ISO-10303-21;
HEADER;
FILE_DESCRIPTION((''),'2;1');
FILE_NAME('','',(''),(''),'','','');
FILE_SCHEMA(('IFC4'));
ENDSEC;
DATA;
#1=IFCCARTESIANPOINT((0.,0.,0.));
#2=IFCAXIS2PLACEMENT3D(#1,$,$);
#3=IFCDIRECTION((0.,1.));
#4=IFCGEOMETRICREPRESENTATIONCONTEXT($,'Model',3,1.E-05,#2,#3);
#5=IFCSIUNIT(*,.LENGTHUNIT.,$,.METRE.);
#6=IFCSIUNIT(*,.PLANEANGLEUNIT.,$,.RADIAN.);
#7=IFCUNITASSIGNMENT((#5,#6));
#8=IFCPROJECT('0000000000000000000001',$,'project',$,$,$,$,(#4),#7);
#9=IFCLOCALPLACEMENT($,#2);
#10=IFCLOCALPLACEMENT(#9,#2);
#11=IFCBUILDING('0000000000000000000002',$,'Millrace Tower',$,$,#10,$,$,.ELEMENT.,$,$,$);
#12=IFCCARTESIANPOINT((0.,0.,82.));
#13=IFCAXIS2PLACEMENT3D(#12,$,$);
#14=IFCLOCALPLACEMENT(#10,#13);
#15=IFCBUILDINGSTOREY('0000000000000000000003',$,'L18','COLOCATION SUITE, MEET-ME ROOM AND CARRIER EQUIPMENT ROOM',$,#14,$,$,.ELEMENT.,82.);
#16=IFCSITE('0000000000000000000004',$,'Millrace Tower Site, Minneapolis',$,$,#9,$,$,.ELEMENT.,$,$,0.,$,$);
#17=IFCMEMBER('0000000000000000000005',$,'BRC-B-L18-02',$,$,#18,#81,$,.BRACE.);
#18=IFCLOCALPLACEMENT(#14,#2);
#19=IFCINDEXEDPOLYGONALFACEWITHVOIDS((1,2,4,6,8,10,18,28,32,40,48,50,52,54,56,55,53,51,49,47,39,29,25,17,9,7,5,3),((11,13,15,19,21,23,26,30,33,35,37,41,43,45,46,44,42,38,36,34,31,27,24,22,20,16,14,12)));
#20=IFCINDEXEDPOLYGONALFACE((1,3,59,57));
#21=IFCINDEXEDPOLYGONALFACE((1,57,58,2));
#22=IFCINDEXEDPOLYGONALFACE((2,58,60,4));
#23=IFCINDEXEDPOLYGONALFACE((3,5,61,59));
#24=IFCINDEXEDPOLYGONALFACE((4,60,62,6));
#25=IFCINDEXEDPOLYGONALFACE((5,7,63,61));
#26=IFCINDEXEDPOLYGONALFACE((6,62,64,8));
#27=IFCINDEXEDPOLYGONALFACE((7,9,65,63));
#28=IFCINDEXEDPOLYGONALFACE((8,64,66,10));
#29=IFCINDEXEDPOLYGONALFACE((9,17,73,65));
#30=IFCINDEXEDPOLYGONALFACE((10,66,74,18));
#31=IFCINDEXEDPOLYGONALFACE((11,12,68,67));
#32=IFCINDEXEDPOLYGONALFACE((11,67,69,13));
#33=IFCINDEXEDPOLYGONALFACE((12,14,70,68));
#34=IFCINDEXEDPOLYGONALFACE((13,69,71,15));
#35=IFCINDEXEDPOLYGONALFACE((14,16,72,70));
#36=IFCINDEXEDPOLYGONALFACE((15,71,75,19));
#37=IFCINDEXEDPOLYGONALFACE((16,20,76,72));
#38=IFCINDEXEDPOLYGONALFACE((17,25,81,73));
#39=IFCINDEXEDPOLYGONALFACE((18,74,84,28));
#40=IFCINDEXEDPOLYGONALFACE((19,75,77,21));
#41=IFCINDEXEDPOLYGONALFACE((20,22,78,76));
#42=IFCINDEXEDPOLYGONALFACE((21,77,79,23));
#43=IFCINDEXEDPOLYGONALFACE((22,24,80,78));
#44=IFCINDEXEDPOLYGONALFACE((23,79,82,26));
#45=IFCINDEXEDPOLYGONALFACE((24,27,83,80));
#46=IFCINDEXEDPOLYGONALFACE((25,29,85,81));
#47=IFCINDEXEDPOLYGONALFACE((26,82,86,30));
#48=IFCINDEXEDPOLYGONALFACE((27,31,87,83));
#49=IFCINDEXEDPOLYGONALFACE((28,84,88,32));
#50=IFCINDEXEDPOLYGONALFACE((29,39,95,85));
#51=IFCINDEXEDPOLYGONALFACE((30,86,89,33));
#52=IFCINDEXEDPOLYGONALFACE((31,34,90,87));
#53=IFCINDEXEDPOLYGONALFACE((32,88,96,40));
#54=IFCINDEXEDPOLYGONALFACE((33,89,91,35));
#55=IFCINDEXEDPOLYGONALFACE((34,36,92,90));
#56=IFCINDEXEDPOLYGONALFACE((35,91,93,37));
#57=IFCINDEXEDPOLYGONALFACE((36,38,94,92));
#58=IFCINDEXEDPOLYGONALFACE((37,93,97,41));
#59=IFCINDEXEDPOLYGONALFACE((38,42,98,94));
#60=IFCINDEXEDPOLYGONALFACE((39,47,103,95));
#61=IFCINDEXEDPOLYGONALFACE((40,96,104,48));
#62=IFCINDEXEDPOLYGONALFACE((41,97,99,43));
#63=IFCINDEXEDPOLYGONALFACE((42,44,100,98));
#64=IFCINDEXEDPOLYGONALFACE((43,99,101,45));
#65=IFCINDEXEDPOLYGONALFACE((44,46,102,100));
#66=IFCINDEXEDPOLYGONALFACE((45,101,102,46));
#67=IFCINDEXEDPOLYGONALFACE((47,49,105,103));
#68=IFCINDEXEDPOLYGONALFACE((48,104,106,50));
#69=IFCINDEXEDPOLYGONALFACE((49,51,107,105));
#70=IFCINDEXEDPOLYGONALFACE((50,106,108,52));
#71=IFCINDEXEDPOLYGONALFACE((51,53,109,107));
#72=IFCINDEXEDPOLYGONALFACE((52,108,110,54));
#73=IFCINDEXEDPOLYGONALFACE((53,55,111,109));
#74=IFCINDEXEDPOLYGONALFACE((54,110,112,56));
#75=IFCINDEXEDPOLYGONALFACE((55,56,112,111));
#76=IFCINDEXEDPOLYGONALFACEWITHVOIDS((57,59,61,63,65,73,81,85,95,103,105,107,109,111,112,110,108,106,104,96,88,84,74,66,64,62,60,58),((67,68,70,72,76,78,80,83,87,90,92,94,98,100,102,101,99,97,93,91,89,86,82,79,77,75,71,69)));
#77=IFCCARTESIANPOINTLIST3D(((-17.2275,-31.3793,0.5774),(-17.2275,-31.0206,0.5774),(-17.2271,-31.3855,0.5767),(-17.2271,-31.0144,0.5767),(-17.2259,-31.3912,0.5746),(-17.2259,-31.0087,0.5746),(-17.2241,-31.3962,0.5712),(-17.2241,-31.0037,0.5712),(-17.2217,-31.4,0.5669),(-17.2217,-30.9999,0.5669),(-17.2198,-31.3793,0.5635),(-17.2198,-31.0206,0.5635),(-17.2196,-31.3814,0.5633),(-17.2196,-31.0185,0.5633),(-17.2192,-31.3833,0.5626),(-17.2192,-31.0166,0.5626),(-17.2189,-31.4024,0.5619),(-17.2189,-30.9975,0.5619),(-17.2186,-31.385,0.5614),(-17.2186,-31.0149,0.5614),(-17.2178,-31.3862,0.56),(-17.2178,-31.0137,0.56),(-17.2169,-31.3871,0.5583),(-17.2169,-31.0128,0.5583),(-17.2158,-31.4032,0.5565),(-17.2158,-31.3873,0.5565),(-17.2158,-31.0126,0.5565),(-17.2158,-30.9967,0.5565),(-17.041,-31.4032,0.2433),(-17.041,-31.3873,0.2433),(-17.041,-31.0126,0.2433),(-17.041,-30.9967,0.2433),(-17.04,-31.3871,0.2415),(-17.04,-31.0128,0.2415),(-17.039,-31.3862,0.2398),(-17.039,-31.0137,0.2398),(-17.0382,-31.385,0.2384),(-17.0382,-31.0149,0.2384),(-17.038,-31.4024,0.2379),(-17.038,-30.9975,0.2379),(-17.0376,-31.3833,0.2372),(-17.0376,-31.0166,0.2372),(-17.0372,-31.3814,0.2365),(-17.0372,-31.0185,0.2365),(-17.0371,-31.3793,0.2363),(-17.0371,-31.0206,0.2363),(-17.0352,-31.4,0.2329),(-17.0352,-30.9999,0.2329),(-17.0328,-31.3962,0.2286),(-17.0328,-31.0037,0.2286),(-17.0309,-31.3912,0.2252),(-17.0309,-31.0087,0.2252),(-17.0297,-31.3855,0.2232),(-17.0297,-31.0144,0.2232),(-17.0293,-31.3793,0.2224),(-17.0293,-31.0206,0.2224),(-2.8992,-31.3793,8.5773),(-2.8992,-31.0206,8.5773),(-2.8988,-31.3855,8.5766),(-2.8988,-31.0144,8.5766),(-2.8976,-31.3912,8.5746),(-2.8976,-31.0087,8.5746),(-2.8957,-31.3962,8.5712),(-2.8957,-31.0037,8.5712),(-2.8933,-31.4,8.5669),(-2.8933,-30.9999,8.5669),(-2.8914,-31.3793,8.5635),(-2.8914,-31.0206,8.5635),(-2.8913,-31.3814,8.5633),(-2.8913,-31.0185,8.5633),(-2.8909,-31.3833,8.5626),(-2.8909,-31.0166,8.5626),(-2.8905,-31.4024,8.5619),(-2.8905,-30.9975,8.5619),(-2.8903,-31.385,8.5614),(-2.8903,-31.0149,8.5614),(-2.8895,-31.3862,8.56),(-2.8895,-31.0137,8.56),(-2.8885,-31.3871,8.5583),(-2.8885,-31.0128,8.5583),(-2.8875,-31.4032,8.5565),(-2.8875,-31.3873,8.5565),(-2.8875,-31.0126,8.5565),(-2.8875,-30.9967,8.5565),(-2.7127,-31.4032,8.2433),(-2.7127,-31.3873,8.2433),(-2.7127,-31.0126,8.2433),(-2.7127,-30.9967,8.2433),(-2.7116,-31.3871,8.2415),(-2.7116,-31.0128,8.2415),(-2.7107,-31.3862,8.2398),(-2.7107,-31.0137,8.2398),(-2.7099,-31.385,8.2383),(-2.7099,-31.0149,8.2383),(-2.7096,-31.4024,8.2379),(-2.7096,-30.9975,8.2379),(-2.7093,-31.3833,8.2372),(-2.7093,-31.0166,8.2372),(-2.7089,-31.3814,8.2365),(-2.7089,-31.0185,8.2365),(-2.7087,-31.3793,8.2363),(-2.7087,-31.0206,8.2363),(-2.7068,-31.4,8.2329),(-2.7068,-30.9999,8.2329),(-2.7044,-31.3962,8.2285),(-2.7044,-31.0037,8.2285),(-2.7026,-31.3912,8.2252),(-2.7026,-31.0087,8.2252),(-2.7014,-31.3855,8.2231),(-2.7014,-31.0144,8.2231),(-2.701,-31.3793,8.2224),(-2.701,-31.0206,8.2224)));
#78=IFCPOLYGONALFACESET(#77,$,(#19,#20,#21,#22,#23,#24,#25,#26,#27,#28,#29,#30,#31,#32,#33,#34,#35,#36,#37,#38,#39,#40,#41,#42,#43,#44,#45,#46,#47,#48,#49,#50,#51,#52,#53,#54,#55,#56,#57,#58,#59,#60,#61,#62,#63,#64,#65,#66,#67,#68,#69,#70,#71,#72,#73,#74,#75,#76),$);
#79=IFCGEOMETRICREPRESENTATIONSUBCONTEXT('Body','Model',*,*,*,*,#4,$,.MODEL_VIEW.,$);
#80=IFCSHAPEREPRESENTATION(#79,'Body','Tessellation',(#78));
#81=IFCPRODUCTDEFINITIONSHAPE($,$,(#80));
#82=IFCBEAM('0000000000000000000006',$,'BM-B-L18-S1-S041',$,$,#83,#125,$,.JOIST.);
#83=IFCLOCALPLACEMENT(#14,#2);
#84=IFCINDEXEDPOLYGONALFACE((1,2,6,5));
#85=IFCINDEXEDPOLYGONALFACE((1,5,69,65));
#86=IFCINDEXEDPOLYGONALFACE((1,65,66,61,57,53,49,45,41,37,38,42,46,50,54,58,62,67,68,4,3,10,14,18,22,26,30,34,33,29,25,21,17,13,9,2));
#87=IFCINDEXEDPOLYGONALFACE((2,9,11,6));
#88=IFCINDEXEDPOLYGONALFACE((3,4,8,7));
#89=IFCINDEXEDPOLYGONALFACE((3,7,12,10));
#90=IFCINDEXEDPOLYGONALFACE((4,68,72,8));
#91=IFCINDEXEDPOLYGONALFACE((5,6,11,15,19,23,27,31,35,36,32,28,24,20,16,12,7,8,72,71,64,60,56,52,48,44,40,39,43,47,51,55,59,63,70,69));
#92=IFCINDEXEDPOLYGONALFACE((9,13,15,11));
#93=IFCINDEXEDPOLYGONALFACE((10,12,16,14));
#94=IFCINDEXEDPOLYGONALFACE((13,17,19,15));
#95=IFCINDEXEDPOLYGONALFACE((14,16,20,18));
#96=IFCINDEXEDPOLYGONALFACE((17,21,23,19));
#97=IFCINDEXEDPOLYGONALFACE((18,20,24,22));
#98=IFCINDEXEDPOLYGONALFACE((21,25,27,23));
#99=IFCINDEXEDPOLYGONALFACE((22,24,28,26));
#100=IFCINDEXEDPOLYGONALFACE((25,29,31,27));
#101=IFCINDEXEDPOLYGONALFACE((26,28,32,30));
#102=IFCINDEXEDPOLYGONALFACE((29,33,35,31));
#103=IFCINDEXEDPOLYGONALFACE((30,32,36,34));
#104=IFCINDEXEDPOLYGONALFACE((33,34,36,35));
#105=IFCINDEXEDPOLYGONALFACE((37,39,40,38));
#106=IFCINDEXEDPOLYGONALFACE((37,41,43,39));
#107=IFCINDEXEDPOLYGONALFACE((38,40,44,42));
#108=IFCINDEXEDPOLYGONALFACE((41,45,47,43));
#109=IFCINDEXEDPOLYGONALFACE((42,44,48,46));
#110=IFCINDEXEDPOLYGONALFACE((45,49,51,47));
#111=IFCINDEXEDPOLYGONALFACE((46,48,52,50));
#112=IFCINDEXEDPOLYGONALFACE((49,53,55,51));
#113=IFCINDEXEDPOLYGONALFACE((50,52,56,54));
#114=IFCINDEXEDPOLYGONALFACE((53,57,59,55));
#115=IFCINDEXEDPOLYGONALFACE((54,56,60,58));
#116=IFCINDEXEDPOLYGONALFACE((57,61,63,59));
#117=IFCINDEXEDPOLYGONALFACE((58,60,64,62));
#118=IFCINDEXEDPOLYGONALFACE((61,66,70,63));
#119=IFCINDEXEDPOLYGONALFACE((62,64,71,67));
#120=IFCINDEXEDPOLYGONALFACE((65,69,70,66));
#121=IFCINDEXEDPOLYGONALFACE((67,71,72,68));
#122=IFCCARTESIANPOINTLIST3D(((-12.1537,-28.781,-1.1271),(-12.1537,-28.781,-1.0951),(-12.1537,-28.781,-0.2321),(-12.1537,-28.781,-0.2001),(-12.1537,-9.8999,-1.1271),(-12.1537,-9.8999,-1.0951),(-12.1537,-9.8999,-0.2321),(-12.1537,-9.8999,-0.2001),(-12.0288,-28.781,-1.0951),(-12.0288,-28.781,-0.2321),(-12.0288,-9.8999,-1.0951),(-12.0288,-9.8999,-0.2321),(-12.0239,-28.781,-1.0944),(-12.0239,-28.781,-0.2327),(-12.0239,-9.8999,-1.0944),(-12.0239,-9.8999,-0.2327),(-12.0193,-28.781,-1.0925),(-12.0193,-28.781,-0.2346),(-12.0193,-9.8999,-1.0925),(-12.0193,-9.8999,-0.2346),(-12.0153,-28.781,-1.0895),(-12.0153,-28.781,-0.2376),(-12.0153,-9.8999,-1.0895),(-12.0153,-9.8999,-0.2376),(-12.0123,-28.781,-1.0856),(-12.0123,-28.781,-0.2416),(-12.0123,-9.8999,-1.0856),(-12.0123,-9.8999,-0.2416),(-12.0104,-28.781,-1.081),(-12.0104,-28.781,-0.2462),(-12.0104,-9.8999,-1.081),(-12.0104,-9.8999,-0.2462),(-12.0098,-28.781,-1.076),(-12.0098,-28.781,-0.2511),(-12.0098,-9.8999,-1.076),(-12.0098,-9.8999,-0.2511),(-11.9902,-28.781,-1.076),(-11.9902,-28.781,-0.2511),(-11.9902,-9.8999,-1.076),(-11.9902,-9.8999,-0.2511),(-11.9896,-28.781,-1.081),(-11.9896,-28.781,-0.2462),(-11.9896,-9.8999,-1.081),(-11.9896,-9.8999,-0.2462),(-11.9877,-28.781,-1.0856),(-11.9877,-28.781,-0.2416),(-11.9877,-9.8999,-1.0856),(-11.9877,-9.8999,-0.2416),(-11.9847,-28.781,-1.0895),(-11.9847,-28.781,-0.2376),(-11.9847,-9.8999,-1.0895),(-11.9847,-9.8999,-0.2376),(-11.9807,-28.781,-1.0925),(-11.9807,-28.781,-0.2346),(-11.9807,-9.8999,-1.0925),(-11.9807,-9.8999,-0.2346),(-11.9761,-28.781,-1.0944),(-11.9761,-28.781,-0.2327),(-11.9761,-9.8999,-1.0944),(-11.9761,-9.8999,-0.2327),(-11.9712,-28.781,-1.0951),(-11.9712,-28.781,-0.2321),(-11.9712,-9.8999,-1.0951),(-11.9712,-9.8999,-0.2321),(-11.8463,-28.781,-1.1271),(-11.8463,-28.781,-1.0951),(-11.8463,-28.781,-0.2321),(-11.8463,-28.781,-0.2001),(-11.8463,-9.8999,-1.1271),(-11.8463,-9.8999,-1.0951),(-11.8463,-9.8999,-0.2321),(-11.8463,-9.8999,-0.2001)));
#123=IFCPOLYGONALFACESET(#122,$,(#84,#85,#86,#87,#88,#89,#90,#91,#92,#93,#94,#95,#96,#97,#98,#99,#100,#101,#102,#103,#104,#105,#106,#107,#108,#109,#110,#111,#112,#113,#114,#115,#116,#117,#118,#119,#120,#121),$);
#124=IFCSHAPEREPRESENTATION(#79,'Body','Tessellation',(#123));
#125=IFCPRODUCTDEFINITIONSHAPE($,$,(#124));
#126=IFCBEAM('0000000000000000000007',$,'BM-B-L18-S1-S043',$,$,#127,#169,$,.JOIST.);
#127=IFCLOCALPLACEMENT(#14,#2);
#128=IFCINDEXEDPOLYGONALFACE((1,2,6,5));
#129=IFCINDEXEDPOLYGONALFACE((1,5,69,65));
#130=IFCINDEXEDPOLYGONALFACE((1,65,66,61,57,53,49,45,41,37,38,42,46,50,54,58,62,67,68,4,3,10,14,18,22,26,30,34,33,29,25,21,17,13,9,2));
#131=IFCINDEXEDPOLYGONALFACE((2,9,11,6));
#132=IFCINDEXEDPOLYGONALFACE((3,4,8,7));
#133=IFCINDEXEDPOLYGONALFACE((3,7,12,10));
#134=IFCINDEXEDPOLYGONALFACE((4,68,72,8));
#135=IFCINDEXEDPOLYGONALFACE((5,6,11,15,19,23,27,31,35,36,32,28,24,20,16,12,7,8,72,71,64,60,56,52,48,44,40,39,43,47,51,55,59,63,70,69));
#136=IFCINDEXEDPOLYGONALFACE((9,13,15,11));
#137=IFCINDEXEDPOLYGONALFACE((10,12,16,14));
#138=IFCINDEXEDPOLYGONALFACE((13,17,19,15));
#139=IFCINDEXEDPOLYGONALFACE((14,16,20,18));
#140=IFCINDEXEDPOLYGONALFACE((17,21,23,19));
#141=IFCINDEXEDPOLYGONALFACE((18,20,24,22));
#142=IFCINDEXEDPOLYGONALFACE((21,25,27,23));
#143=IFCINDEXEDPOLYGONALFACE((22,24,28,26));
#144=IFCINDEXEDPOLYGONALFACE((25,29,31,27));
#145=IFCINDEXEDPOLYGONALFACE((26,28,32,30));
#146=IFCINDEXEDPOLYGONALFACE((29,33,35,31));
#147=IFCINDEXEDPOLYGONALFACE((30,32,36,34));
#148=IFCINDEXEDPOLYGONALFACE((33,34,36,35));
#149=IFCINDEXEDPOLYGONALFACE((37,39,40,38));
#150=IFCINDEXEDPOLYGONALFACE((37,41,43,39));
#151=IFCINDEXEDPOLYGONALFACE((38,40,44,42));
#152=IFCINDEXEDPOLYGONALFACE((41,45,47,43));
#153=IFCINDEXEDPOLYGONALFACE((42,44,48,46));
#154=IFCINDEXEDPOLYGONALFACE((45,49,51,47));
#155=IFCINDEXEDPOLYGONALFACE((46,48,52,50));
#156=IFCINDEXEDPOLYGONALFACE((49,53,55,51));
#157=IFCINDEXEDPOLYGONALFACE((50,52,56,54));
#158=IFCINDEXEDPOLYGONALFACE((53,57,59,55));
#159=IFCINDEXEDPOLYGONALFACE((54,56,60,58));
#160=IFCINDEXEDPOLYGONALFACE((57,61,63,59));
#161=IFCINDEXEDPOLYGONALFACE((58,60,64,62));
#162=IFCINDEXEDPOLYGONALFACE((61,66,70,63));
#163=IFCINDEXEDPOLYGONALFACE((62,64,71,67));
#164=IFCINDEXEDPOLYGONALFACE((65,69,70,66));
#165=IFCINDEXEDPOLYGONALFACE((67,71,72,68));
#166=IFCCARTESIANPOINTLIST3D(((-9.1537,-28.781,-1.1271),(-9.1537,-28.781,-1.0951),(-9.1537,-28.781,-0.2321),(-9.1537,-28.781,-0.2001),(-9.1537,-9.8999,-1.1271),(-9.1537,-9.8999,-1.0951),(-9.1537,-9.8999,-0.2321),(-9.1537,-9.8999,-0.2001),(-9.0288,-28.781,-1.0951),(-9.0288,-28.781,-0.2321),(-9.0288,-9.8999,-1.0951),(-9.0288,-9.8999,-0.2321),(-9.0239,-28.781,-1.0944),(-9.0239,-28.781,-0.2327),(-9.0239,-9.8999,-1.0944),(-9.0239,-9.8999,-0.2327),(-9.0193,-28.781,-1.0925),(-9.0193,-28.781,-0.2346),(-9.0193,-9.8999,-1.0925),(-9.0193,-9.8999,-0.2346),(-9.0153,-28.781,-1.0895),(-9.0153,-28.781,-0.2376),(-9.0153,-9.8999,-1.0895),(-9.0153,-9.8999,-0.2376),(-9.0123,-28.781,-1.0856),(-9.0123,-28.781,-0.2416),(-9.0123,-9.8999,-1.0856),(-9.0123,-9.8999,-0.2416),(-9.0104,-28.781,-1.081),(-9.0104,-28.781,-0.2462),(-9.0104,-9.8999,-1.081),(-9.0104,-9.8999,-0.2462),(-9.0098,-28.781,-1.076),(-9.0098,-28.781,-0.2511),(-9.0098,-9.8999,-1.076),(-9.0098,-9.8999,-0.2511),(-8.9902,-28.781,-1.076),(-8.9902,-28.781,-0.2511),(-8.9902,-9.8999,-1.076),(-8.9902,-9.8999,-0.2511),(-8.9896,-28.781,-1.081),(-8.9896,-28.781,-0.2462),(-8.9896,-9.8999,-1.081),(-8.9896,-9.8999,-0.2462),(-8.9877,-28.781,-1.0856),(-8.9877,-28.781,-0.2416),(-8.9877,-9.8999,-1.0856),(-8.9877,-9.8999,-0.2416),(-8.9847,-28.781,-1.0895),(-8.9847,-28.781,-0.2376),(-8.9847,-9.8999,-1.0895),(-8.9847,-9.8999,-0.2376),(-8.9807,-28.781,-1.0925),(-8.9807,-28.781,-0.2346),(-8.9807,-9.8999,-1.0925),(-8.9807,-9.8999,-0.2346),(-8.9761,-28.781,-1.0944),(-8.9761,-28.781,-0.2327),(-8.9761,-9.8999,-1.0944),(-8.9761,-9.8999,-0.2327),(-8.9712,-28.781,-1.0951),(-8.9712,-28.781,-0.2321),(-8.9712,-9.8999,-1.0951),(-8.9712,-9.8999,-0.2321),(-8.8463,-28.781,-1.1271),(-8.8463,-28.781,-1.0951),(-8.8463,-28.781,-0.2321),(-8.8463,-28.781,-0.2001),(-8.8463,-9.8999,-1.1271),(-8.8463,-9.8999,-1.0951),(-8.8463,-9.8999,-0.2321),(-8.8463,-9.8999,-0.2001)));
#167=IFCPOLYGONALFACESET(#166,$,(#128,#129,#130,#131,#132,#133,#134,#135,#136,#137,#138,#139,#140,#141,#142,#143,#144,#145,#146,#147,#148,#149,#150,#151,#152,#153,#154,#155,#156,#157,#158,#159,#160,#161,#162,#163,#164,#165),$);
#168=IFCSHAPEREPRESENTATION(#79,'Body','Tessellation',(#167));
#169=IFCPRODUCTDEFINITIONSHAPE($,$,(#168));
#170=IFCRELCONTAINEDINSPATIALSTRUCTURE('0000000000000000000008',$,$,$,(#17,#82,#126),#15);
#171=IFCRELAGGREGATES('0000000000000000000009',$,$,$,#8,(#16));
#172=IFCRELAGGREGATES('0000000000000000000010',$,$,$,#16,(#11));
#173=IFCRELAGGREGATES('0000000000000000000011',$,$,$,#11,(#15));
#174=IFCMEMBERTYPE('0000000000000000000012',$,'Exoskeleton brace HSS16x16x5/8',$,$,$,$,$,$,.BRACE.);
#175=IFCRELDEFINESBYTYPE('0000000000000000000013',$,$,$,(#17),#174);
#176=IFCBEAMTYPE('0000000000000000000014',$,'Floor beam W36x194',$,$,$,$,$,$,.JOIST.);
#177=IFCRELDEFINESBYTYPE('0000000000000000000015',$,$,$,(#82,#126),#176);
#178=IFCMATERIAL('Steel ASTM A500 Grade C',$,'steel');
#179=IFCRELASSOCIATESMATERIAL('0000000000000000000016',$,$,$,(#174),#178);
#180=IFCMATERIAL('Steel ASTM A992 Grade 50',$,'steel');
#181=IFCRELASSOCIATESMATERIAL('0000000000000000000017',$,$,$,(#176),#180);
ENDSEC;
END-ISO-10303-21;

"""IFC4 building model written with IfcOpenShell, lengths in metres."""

from ifc_helpers import new_model, si_unit, direction, frame, origin, origin_2d, place, context, subcontext, project, spatial, hollow_rectangle, i_section, extrude, material, material_profile, profile_set, type_object, element, save


model = new_model("IFC4")

# Units and contexts
model_context = context("Model", 3, precision=1e-05, world=origin(), true_north=direction((0.0, 1.0)))
body_context = subcontext(model_context, "Body", "Model", "MODEL_VIEW")
ifc_project = project(units=[si_unit("LENGTHUNIT", "METRE"), si_unit("PLANEANGLEUNIT", "RADIAN")], contexts=[model_context])

# Site, building, storey
site_placement = place(None, origin())
site = spatial("IfcSite", under=ifc_project, at=site_placement, Name="Millrace Tower Site, Minneapolis", CompositionType="ELEMENT", RefElevation=0.0)
building_placement = place(site_placement, origin())
building = spatial("IfcBuilding", under=site, at=building_placement, Name="Millrace Tower", CompositionType="ELEMENT")
storey_placement = place(building_placement, frame((0.0, 0.0, 82.0)))
storey = spatial("IfcBuildingStorey", under=building, at=storey_placement, Name="L18", Description="COLOCATION SUITE, MEET-ME ROOM AND CARRIER EQUIPMENT ROOM", CompositionType="ELEMENT", Elevation=82.0)

# Member
ifc_material_1 = material(Name="Steel ASTM A500 Grade C", Category="steel")
ifc_material_profile_1 = material_profile(ifc_material_1, hollow_rectangle(XDim=0.4065, YDim=0.4065, WallThickness=0.0159, InnerFilletRadius=0.0081, OuterFilletRadius=0.0239, at=origin_2d()))
ifc_profile_set_1 = profile_set([ifc_material_profile_1], Name="Steel ASTM A500 Grade C")
member_type_1 = type_object("IfcMemberType", Name="Exoskeleton brace HSS16x16x5/8", PredefinedType="BRACE", material=ifc_profile_set_1)
member_1_placement = place(storey_placement, frame((-17.1284, -31.2, 0.3999), z_axis=(0.873126, 0.0, 0.487495), x_axis=(0.0, 1.0, 0.0)))
element("IfcMember", 1, at=member_1_placement, inside=storey, type_object=member_type_1, Name="BRC-B-L18-02", PredefinedType="BRACE", context=body_context, shape_type="SweptSolid", body=[
    extrude(hollow_rectangle(XDim=0.4065, YDim=0.4065, WallThickness=0.0159, InnerFilletRadius=0.0081, OuterFilletRadius=0.0239, at=origin_2d()), origin(), (0.0, 0.0, 1.0), 16.4104),
])

# Beams
ifc_material_2 = material(Name="Steel ASTM A992 Grade 50", Category="steel")
ifc_material_profile_2 = material_profile(ifc_material_2, i_section(OverallWidth=0.3074, OverallDepth=0.927, WebThickness=0.0195, FlangeThickness=0.032, FilletRadius=0.019, at=origin_2d()))
ifc_profile_set_2 = profile_set([ifc_material_profile_2], Name="Steel ASTM A992 Grade 50")
beam_type_1 = type_object("IfcBeamType", Name="Floor beam W36x194", PredefinedType="JOIST", material=ifc_profile_set_2)
for number, where, z_axis, x_axis, name in (
    (2, (-12.0, -28.781, -0.6636), (0.0, 1.0, 0.0), (-1.0, 0.0, 0.0), "BM-B-L18-S1-S041"),
    (3, (-9.0, -28.781, -0.6636), (0.0, 1.0, 0.0), (-1.0, 0.0, 0.0), "BM-B-L18-S1-S043"),
):
    element("IfcBeam", number, at=place(storey_placement, frame(where, z_axis=z_axis, x_axis=x_axis)), inside=storey, type_object=beam_type_1, Name=name, PredefinedType="JOIST", context=body_context, shape_type="SweptSolid", body=[
        extrude(i_section(OverallWidth=0.3074, OverallDepth=0.927, WebThickness=0.0195, FlangeThickness=0.032, FilletRadius=0.019, at=origin_2d()), origin(), (0.0, 0.0, 1.0), 18.8811),
    ])

save(model, "model.ifc")
